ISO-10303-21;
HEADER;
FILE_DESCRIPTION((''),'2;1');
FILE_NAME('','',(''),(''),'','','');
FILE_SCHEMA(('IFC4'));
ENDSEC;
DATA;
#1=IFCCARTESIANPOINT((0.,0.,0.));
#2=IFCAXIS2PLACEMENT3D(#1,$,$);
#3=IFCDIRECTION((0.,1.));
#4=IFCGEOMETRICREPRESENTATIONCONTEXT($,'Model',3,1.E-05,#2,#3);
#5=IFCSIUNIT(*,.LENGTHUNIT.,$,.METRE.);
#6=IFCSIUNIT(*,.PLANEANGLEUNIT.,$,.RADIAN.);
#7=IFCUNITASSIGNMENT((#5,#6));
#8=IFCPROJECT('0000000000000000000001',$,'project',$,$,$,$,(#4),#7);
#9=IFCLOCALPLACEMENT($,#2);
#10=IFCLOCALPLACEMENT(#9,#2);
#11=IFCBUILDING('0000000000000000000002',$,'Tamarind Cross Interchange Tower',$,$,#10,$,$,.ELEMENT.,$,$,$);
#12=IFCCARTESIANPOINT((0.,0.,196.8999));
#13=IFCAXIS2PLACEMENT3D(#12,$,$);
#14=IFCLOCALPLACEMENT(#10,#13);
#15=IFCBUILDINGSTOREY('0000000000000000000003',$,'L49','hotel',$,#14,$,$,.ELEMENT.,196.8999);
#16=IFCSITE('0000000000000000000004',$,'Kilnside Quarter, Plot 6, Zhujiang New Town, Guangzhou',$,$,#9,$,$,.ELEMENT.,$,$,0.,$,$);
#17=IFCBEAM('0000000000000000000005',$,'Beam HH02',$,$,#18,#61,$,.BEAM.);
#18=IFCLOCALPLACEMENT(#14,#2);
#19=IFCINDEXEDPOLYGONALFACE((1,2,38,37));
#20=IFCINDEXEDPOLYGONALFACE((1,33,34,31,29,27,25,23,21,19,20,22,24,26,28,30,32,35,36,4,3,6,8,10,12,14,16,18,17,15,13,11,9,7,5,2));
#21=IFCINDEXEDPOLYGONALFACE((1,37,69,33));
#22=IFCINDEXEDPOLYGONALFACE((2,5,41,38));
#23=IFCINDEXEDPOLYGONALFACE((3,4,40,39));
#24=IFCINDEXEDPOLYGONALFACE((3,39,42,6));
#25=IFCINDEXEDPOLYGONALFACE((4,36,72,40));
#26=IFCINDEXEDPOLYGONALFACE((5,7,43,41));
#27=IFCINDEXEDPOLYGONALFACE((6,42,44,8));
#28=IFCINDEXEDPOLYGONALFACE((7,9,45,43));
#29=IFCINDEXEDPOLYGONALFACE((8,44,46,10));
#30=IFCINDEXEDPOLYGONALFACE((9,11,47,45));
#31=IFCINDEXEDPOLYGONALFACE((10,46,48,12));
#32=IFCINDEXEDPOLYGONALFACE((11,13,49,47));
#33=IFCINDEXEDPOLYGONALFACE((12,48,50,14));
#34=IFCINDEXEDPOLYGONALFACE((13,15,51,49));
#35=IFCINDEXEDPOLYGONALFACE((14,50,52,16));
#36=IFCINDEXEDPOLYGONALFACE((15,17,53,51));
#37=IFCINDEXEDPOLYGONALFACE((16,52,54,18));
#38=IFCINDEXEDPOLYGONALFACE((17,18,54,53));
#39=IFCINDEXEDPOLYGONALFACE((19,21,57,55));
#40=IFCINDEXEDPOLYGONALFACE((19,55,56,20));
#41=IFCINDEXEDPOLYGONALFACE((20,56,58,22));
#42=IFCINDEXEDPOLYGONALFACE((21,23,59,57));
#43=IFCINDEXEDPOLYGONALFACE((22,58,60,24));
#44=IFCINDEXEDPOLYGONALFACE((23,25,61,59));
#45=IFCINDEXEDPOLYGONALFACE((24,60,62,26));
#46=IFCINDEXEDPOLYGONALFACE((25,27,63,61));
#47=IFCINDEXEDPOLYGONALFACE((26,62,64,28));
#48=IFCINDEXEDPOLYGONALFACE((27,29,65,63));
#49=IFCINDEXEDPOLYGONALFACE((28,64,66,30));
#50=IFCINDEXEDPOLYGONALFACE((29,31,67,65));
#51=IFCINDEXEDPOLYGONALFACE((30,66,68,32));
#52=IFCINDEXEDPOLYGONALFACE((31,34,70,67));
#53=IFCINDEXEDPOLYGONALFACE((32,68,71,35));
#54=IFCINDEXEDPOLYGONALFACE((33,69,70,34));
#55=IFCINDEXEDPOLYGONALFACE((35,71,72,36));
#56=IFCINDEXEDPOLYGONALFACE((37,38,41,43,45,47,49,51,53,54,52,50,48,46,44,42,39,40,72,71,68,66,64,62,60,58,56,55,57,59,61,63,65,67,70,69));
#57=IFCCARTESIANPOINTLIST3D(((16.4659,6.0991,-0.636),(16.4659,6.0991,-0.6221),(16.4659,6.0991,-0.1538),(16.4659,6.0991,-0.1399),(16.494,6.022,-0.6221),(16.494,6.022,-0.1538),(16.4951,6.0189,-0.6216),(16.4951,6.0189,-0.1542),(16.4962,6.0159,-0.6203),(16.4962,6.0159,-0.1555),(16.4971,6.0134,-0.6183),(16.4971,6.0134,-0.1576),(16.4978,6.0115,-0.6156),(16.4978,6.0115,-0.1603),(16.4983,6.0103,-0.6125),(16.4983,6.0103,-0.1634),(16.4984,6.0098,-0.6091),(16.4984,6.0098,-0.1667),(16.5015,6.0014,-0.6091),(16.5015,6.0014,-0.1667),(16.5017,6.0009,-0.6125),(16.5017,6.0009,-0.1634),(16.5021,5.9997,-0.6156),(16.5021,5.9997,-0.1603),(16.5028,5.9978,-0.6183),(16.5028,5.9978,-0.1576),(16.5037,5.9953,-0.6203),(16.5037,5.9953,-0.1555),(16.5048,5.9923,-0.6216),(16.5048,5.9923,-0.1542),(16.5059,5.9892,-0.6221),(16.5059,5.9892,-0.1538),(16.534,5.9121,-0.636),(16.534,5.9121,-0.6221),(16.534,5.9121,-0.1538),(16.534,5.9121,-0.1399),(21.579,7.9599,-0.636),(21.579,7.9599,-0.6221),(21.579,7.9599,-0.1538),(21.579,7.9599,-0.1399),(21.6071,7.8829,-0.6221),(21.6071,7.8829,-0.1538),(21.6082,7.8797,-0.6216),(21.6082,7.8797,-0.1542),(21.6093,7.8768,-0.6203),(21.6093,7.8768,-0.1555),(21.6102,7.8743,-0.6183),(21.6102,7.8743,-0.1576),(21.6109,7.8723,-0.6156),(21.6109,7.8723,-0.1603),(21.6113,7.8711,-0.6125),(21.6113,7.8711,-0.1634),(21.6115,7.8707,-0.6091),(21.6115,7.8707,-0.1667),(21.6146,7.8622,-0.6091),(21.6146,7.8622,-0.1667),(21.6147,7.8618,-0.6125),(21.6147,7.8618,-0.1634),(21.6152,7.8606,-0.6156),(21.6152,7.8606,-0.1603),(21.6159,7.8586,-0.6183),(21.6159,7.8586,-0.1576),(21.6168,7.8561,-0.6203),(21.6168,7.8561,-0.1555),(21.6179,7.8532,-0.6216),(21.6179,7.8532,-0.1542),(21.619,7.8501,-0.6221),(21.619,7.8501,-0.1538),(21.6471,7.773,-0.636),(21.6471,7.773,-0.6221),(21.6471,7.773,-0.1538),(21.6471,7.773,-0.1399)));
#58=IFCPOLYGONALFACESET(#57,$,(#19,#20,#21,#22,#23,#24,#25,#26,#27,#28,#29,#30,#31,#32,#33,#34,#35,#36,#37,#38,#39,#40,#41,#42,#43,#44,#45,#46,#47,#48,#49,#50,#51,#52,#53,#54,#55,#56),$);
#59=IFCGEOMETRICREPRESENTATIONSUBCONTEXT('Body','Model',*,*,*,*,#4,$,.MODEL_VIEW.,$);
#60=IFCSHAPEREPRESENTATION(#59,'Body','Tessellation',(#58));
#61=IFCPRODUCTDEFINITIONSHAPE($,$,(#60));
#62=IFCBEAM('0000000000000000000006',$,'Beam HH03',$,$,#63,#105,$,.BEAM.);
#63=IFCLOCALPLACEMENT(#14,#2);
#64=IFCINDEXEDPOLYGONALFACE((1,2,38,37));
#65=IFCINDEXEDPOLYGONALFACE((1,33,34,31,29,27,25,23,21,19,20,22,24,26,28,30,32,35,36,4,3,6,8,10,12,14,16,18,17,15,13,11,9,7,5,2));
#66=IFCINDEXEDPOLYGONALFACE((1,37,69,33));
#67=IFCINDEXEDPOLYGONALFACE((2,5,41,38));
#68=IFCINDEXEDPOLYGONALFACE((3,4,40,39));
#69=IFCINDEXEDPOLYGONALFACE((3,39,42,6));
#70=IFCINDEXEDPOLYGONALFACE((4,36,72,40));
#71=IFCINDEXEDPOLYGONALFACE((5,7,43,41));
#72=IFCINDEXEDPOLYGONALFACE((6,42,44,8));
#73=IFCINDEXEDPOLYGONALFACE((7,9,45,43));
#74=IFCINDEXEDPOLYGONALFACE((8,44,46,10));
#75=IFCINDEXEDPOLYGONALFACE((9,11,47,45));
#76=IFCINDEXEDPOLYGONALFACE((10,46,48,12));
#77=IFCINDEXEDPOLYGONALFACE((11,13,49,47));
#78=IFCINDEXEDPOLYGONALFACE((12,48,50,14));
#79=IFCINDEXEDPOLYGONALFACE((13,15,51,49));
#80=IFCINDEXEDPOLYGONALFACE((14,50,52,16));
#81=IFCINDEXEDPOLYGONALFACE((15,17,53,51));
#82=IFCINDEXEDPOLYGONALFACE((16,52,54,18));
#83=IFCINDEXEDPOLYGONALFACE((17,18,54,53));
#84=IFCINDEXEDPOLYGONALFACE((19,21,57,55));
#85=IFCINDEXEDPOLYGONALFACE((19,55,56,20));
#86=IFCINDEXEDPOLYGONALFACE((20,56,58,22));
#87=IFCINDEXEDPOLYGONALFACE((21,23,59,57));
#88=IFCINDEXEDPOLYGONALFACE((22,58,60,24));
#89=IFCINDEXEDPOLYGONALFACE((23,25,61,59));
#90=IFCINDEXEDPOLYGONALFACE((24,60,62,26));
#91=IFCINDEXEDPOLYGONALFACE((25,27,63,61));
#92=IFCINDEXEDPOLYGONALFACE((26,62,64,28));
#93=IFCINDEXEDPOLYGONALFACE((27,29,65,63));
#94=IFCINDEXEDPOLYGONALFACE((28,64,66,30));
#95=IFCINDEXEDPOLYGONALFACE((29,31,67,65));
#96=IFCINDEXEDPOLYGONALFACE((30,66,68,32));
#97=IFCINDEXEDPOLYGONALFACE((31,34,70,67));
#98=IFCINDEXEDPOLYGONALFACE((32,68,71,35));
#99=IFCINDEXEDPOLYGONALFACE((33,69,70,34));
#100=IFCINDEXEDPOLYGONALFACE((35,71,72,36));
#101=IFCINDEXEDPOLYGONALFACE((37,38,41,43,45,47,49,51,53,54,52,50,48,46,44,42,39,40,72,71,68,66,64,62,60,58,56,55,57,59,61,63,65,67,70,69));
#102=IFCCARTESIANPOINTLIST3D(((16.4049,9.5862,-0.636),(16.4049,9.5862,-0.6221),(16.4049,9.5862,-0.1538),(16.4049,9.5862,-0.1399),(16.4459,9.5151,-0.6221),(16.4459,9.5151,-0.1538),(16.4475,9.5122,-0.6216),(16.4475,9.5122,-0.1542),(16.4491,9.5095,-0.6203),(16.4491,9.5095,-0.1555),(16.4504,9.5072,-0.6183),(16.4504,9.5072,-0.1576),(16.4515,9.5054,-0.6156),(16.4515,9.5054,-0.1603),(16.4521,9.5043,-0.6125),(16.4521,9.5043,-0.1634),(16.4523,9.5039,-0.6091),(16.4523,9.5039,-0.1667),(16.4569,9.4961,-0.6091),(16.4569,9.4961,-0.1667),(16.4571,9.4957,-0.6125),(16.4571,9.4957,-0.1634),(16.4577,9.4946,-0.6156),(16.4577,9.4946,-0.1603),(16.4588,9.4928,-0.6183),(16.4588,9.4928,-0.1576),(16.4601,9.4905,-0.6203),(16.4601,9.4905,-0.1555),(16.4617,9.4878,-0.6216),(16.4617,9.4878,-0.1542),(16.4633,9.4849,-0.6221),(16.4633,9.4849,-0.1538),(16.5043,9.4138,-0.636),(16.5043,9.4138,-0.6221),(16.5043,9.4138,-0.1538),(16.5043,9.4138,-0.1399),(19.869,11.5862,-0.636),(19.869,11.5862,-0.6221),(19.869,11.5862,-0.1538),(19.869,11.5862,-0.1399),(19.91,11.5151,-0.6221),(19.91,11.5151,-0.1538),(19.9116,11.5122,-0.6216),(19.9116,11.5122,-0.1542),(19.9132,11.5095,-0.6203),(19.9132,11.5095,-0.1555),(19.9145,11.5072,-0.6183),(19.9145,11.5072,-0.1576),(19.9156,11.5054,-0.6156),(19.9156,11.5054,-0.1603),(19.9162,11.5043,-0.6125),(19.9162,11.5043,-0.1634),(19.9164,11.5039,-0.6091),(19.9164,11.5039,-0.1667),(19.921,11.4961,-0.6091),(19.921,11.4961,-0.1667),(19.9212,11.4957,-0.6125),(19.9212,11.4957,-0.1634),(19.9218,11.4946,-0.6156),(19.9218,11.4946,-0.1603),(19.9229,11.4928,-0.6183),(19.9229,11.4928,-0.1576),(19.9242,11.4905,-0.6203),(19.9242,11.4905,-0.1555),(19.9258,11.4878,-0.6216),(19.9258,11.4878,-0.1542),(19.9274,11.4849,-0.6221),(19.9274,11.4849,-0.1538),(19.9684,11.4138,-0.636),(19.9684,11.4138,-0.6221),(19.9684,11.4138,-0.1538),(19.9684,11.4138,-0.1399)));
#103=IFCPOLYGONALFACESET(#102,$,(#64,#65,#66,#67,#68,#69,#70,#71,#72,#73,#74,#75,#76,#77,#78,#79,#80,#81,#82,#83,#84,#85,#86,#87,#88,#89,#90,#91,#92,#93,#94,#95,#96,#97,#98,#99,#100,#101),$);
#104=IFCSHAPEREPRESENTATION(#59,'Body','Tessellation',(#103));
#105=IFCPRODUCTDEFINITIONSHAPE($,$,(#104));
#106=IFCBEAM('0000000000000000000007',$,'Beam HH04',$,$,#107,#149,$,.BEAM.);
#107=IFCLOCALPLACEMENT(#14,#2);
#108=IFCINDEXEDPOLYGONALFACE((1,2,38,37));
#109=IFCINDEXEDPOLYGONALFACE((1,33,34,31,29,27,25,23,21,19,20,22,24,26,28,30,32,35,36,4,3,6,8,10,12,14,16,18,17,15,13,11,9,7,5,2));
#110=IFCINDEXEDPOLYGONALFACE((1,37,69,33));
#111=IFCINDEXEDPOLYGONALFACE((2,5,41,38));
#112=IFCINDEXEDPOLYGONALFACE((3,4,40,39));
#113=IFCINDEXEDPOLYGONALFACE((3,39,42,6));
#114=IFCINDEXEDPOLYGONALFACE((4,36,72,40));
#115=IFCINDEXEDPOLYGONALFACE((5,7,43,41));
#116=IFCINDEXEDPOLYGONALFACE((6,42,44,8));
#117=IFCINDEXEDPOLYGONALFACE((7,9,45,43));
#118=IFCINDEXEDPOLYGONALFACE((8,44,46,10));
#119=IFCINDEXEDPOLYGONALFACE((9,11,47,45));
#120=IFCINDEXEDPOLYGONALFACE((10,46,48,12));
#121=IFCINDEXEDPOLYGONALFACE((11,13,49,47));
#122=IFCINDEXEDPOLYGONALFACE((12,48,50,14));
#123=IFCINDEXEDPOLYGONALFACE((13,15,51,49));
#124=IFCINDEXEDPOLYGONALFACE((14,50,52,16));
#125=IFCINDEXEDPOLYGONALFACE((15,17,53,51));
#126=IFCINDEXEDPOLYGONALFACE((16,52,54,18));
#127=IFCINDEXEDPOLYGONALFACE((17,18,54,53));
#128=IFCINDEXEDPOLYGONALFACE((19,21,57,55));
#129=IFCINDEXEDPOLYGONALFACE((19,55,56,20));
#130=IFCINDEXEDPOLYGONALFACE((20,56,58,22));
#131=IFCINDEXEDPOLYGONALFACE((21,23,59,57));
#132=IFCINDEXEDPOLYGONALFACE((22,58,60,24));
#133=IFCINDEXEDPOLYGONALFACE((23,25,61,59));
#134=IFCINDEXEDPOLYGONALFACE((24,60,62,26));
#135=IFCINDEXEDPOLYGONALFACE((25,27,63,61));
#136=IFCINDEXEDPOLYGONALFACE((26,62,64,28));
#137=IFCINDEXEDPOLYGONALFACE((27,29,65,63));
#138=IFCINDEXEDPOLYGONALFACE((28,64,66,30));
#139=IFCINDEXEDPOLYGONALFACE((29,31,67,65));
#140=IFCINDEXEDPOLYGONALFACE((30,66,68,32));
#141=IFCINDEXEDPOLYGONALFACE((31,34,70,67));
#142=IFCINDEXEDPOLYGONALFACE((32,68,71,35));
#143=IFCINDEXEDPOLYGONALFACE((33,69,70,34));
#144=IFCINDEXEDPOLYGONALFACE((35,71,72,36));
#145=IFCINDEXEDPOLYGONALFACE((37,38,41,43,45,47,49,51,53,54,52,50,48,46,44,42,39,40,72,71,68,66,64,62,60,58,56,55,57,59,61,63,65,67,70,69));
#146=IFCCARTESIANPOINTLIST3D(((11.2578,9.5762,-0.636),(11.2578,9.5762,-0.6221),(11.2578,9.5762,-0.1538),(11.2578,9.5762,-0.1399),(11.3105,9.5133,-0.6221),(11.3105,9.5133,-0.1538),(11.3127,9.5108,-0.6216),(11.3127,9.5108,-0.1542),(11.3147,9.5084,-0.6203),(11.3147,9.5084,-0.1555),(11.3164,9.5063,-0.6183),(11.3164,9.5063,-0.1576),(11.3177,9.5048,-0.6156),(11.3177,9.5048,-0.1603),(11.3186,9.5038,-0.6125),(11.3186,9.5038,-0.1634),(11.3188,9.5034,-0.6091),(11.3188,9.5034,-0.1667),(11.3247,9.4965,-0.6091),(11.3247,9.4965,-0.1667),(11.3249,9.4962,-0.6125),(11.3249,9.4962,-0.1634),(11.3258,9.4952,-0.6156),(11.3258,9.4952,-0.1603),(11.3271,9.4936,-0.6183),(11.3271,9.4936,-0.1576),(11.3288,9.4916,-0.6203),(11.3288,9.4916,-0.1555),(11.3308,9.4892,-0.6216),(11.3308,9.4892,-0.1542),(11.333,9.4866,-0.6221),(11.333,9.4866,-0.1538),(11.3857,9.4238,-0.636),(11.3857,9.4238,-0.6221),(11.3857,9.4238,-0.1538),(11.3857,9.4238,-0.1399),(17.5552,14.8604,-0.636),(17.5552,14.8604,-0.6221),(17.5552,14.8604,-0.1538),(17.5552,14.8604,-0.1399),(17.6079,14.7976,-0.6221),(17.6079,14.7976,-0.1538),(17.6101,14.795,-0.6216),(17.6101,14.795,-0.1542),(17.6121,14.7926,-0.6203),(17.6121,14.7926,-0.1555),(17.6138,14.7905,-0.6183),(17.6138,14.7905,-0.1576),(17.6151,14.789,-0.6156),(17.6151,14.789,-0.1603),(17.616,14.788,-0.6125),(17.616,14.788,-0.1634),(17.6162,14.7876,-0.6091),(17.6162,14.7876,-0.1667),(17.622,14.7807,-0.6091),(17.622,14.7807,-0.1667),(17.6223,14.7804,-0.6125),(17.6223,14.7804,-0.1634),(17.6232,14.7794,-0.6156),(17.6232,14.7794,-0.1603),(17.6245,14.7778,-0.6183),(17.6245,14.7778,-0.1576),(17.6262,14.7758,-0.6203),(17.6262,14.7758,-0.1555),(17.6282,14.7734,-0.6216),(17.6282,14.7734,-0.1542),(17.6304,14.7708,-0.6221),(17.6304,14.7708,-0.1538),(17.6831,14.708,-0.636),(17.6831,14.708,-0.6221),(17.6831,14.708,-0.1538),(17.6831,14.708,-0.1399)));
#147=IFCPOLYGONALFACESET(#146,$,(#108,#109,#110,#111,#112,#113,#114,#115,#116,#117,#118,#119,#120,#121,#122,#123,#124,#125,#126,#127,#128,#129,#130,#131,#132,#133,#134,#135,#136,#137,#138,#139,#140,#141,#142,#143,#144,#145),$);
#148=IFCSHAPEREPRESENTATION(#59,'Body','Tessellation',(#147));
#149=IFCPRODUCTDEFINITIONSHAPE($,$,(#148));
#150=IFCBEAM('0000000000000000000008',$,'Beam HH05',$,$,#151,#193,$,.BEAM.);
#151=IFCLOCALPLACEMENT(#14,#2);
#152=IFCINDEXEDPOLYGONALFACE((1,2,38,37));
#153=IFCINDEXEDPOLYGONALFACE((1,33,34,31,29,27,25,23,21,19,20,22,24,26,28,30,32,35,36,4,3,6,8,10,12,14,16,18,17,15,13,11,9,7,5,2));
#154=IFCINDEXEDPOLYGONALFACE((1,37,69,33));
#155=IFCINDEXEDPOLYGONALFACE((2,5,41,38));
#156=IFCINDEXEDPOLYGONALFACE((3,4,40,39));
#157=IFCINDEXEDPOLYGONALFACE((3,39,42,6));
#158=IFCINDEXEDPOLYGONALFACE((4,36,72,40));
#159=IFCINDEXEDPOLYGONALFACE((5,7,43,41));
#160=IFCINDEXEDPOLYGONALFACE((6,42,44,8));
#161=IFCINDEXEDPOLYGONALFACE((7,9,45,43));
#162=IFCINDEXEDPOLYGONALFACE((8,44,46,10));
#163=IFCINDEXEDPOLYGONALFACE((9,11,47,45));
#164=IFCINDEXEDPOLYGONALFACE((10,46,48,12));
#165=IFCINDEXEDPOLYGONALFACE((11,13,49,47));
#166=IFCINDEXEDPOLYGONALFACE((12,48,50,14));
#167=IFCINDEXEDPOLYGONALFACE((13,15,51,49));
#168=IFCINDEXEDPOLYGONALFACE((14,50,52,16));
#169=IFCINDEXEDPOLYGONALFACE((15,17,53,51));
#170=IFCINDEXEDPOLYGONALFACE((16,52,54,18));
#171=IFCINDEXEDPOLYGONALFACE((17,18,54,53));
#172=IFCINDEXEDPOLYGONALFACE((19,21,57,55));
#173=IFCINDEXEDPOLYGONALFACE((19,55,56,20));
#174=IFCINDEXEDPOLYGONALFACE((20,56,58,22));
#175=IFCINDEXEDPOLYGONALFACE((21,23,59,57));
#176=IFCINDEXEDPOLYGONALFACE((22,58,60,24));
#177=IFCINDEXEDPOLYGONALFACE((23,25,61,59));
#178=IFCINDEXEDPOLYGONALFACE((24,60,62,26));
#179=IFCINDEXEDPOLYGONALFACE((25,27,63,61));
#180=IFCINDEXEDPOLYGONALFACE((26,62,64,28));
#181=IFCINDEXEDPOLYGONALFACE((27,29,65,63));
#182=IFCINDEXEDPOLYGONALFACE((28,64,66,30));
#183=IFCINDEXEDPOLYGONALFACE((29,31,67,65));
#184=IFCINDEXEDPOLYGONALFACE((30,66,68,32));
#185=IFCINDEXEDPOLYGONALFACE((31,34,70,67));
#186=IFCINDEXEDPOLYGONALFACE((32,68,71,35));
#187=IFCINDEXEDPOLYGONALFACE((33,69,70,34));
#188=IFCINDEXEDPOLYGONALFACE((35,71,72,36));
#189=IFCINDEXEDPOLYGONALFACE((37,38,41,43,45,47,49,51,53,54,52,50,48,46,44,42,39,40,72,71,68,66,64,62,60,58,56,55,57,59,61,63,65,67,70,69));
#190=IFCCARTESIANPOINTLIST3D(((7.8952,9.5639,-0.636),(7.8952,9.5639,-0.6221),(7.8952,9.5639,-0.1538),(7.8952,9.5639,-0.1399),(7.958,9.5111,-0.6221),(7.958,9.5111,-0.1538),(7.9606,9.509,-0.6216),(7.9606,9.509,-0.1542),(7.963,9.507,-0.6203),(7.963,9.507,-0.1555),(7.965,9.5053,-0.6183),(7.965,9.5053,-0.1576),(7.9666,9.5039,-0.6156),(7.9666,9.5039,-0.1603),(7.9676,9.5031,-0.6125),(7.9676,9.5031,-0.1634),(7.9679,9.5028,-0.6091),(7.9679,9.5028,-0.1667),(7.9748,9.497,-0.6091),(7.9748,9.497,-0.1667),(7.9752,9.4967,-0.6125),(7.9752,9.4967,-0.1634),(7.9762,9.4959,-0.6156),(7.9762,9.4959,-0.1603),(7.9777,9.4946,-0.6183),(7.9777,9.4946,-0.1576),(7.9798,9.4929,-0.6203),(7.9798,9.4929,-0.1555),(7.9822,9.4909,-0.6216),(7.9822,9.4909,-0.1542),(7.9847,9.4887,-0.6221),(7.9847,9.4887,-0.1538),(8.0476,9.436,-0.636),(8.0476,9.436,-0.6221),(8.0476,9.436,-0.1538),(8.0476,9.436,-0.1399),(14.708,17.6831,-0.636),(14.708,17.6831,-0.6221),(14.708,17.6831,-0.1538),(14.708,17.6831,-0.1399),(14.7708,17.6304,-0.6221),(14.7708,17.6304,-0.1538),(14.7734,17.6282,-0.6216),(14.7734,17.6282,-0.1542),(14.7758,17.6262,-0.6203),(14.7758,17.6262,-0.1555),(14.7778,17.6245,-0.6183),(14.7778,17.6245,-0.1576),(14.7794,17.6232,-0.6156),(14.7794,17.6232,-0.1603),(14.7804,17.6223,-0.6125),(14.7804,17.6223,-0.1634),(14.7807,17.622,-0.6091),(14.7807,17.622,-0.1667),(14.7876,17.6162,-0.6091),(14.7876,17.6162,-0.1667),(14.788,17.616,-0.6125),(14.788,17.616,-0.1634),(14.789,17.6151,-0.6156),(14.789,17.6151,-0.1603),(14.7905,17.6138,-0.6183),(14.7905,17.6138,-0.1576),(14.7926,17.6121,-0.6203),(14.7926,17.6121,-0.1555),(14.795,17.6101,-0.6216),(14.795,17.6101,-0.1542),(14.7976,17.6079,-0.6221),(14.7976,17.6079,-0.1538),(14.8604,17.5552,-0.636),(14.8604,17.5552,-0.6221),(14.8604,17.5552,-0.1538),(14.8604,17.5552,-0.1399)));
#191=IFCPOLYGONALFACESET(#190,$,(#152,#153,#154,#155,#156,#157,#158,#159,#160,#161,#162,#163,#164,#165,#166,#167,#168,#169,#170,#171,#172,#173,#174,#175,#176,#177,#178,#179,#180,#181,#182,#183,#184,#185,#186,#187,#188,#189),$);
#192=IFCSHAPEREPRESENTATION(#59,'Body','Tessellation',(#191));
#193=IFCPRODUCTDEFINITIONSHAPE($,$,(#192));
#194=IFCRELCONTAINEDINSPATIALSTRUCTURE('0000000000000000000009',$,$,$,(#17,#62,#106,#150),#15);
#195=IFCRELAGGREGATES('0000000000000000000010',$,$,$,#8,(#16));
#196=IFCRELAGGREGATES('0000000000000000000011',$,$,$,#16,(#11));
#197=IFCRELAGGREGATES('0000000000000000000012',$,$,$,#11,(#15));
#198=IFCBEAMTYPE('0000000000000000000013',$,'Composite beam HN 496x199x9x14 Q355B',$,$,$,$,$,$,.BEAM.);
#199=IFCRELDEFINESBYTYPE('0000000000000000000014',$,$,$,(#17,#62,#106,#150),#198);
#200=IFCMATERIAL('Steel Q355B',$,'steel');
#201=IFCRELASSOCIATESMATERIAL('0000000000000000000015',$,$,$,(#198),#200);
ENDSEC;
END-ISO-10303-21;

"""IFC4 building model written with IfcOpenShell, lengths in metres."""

from ifc_helpers import new_model, si_unit, direction, frame, origin, origin_2d, place, context, subcontext, project, spatial, i_section, extrude, material, material_profile, profile_set, type_object, element, save


model = new_model("IFC4")

# Units and contexts
model_context = context("Model", 3, precision=1e-05, world=origin(), true_north=direction((0.0, 1.0)))
body_context = subcontext(model_context, "Body", "Model", "MODEL_VIEW")
ifc_project = project(units=[si_unit("LENGTHUNIT", "METRE"), si_unit("PLANEANGLEUNIT", "RADIAN")], contexts=[model_context])

# Site, building, storey
site_placement = place(None, origin())
site = spatial("IfcSite", under=ifc_project, at=site_placement, Name="Kilnside Quarter, Plot 6, Zhujiang New Town, Guangzhou", CompositionType="ELEMENT", RefElevation=0.0)
building_placement = place(site_placement, origin())
building = spatial("IfcBuilding", under=site, at=building_placement, Name="Tamarind Cross Interchange Tower", CompositionType="ELEMENT")
storey_placement = place(building_placement, frame((0.0, 0.0, 196.8999)))
storey = spatial("IfcBuildingStorey", under=building, at=storey_placement, Name="L49", Description="hotel", CompositionType="ELEMENT", Elevation=196.8999)

# Beams
ifc_material_1 = material(Name="Steel Q355B", Category="steel")
ifc_material_profile_1 = material_profile(ifc_material_1, i_section(OverallWidth=0.199, OverallDepth=0.4961, WebThickness=0.009, FlangeThickness=0.0139, FilletRadius=0.0129, at=origin_2d()), Name="HN 496x199x9x14")
ifc_profile_set_1 = profile_set([ifc_material_profile_1], Name="Steel Q355B")
beam_type = type_object("IfcBeamType", Name="Composite beam HN 496x199x9x14 Q355B", PredefinedType="BEAM", material=ifc_profile_set_1)
beam_1_placement = place(storey_placement, frame((21.613, 7.8665, -0.3879), z_axis=(-0.939702, -0.341995, 0.0), x_axis=(0.341995, -0.939702, 0.0)))
element("IfcBeam", 1, at=beam_1_placement, inside=storey, type_object=beam_type, Name="Beam HH02", PredefinedType="BEAM", context=body_context, shape_type="SweptSolid", body=[
    extrude(i_section(OverallWidth=0.199, OverallDepth=0.4961, WebThickness=0.009, FlangeThickness=0.0139, FilletRadius=0.0129, at=origin_2d()), origin(), (0.0, 0.0, 1.0), 5.4412),
])
beam_2_placement = place(storey_placement, frame((19.9187, 11.5, -0.3879), z_axis=(-0.866026, -0.499999, 0.0), x_axis=(0.499999, -0.866026, 0.0)))
element("IfcBeam", 2, at=beam_2_placement, inside=storey, type_object=beam_type, Name="Beam HH03", PredefinedType="BEAM", context=body_context, shape_type="SweptSolid", body=[
    extrude(i_section(OverallWidth=0.199, OverallDepth=0.4961, WebThickness=0.009, FlangeThickness=0.0139, FilletRadius=0.0129, at=origin_2d()), origin(), (0.0, 0.0, 1.0), 4.0),
])
beam_3_placement = place(storey_placement, frame((17.6191, 14.7842, -0.3879), z_axis=(-0.766041, -0.642792, 0.0), x_axis=(0.642792, -0.766041, 0.0)))
element("IfcBeam", 3, at=beam_3_placement, inside=storey, type_object=beam_type, Name="Beam HH04", PredefinedType="BEAM", context=body_context, shape_type="SweptSolid", body=[
    extrude(i_section(OverallWidth=0.199, OverallDepth=0.4961, WebThickness=0.009, FlangeThickness=0.0139, FilletRadius=0.0129, at=origin_2d()), origin(), (0.0, 0.0, 1.0), 8.2207),
])
beam_4_placement = place(storey_placement, frame((14.7842, 17.6191, -0.3879), z_axis=(-0.642786, -0.766046, 0.0), x_axis=(0.766046, -0.642786, 0.0)))
element("IfcBeam", 4, at=beam_4_placement, inside=storey, type_object=beam_type, Name="Beam HH05", PredefinedType="BEAM", context=body_context, shape_type="SweptSolid", body=[
    extrude(i_section(OverallWidth=0.199, OverallDepth=0.4961, WebThickness=0.009, FlangeThickness=0.0139, FilletRadius=0.0129, at=origin_2d()), origin(), (0.0, 0.0, 1.0), 10.5989),
])

save(model, "model.ifc")
